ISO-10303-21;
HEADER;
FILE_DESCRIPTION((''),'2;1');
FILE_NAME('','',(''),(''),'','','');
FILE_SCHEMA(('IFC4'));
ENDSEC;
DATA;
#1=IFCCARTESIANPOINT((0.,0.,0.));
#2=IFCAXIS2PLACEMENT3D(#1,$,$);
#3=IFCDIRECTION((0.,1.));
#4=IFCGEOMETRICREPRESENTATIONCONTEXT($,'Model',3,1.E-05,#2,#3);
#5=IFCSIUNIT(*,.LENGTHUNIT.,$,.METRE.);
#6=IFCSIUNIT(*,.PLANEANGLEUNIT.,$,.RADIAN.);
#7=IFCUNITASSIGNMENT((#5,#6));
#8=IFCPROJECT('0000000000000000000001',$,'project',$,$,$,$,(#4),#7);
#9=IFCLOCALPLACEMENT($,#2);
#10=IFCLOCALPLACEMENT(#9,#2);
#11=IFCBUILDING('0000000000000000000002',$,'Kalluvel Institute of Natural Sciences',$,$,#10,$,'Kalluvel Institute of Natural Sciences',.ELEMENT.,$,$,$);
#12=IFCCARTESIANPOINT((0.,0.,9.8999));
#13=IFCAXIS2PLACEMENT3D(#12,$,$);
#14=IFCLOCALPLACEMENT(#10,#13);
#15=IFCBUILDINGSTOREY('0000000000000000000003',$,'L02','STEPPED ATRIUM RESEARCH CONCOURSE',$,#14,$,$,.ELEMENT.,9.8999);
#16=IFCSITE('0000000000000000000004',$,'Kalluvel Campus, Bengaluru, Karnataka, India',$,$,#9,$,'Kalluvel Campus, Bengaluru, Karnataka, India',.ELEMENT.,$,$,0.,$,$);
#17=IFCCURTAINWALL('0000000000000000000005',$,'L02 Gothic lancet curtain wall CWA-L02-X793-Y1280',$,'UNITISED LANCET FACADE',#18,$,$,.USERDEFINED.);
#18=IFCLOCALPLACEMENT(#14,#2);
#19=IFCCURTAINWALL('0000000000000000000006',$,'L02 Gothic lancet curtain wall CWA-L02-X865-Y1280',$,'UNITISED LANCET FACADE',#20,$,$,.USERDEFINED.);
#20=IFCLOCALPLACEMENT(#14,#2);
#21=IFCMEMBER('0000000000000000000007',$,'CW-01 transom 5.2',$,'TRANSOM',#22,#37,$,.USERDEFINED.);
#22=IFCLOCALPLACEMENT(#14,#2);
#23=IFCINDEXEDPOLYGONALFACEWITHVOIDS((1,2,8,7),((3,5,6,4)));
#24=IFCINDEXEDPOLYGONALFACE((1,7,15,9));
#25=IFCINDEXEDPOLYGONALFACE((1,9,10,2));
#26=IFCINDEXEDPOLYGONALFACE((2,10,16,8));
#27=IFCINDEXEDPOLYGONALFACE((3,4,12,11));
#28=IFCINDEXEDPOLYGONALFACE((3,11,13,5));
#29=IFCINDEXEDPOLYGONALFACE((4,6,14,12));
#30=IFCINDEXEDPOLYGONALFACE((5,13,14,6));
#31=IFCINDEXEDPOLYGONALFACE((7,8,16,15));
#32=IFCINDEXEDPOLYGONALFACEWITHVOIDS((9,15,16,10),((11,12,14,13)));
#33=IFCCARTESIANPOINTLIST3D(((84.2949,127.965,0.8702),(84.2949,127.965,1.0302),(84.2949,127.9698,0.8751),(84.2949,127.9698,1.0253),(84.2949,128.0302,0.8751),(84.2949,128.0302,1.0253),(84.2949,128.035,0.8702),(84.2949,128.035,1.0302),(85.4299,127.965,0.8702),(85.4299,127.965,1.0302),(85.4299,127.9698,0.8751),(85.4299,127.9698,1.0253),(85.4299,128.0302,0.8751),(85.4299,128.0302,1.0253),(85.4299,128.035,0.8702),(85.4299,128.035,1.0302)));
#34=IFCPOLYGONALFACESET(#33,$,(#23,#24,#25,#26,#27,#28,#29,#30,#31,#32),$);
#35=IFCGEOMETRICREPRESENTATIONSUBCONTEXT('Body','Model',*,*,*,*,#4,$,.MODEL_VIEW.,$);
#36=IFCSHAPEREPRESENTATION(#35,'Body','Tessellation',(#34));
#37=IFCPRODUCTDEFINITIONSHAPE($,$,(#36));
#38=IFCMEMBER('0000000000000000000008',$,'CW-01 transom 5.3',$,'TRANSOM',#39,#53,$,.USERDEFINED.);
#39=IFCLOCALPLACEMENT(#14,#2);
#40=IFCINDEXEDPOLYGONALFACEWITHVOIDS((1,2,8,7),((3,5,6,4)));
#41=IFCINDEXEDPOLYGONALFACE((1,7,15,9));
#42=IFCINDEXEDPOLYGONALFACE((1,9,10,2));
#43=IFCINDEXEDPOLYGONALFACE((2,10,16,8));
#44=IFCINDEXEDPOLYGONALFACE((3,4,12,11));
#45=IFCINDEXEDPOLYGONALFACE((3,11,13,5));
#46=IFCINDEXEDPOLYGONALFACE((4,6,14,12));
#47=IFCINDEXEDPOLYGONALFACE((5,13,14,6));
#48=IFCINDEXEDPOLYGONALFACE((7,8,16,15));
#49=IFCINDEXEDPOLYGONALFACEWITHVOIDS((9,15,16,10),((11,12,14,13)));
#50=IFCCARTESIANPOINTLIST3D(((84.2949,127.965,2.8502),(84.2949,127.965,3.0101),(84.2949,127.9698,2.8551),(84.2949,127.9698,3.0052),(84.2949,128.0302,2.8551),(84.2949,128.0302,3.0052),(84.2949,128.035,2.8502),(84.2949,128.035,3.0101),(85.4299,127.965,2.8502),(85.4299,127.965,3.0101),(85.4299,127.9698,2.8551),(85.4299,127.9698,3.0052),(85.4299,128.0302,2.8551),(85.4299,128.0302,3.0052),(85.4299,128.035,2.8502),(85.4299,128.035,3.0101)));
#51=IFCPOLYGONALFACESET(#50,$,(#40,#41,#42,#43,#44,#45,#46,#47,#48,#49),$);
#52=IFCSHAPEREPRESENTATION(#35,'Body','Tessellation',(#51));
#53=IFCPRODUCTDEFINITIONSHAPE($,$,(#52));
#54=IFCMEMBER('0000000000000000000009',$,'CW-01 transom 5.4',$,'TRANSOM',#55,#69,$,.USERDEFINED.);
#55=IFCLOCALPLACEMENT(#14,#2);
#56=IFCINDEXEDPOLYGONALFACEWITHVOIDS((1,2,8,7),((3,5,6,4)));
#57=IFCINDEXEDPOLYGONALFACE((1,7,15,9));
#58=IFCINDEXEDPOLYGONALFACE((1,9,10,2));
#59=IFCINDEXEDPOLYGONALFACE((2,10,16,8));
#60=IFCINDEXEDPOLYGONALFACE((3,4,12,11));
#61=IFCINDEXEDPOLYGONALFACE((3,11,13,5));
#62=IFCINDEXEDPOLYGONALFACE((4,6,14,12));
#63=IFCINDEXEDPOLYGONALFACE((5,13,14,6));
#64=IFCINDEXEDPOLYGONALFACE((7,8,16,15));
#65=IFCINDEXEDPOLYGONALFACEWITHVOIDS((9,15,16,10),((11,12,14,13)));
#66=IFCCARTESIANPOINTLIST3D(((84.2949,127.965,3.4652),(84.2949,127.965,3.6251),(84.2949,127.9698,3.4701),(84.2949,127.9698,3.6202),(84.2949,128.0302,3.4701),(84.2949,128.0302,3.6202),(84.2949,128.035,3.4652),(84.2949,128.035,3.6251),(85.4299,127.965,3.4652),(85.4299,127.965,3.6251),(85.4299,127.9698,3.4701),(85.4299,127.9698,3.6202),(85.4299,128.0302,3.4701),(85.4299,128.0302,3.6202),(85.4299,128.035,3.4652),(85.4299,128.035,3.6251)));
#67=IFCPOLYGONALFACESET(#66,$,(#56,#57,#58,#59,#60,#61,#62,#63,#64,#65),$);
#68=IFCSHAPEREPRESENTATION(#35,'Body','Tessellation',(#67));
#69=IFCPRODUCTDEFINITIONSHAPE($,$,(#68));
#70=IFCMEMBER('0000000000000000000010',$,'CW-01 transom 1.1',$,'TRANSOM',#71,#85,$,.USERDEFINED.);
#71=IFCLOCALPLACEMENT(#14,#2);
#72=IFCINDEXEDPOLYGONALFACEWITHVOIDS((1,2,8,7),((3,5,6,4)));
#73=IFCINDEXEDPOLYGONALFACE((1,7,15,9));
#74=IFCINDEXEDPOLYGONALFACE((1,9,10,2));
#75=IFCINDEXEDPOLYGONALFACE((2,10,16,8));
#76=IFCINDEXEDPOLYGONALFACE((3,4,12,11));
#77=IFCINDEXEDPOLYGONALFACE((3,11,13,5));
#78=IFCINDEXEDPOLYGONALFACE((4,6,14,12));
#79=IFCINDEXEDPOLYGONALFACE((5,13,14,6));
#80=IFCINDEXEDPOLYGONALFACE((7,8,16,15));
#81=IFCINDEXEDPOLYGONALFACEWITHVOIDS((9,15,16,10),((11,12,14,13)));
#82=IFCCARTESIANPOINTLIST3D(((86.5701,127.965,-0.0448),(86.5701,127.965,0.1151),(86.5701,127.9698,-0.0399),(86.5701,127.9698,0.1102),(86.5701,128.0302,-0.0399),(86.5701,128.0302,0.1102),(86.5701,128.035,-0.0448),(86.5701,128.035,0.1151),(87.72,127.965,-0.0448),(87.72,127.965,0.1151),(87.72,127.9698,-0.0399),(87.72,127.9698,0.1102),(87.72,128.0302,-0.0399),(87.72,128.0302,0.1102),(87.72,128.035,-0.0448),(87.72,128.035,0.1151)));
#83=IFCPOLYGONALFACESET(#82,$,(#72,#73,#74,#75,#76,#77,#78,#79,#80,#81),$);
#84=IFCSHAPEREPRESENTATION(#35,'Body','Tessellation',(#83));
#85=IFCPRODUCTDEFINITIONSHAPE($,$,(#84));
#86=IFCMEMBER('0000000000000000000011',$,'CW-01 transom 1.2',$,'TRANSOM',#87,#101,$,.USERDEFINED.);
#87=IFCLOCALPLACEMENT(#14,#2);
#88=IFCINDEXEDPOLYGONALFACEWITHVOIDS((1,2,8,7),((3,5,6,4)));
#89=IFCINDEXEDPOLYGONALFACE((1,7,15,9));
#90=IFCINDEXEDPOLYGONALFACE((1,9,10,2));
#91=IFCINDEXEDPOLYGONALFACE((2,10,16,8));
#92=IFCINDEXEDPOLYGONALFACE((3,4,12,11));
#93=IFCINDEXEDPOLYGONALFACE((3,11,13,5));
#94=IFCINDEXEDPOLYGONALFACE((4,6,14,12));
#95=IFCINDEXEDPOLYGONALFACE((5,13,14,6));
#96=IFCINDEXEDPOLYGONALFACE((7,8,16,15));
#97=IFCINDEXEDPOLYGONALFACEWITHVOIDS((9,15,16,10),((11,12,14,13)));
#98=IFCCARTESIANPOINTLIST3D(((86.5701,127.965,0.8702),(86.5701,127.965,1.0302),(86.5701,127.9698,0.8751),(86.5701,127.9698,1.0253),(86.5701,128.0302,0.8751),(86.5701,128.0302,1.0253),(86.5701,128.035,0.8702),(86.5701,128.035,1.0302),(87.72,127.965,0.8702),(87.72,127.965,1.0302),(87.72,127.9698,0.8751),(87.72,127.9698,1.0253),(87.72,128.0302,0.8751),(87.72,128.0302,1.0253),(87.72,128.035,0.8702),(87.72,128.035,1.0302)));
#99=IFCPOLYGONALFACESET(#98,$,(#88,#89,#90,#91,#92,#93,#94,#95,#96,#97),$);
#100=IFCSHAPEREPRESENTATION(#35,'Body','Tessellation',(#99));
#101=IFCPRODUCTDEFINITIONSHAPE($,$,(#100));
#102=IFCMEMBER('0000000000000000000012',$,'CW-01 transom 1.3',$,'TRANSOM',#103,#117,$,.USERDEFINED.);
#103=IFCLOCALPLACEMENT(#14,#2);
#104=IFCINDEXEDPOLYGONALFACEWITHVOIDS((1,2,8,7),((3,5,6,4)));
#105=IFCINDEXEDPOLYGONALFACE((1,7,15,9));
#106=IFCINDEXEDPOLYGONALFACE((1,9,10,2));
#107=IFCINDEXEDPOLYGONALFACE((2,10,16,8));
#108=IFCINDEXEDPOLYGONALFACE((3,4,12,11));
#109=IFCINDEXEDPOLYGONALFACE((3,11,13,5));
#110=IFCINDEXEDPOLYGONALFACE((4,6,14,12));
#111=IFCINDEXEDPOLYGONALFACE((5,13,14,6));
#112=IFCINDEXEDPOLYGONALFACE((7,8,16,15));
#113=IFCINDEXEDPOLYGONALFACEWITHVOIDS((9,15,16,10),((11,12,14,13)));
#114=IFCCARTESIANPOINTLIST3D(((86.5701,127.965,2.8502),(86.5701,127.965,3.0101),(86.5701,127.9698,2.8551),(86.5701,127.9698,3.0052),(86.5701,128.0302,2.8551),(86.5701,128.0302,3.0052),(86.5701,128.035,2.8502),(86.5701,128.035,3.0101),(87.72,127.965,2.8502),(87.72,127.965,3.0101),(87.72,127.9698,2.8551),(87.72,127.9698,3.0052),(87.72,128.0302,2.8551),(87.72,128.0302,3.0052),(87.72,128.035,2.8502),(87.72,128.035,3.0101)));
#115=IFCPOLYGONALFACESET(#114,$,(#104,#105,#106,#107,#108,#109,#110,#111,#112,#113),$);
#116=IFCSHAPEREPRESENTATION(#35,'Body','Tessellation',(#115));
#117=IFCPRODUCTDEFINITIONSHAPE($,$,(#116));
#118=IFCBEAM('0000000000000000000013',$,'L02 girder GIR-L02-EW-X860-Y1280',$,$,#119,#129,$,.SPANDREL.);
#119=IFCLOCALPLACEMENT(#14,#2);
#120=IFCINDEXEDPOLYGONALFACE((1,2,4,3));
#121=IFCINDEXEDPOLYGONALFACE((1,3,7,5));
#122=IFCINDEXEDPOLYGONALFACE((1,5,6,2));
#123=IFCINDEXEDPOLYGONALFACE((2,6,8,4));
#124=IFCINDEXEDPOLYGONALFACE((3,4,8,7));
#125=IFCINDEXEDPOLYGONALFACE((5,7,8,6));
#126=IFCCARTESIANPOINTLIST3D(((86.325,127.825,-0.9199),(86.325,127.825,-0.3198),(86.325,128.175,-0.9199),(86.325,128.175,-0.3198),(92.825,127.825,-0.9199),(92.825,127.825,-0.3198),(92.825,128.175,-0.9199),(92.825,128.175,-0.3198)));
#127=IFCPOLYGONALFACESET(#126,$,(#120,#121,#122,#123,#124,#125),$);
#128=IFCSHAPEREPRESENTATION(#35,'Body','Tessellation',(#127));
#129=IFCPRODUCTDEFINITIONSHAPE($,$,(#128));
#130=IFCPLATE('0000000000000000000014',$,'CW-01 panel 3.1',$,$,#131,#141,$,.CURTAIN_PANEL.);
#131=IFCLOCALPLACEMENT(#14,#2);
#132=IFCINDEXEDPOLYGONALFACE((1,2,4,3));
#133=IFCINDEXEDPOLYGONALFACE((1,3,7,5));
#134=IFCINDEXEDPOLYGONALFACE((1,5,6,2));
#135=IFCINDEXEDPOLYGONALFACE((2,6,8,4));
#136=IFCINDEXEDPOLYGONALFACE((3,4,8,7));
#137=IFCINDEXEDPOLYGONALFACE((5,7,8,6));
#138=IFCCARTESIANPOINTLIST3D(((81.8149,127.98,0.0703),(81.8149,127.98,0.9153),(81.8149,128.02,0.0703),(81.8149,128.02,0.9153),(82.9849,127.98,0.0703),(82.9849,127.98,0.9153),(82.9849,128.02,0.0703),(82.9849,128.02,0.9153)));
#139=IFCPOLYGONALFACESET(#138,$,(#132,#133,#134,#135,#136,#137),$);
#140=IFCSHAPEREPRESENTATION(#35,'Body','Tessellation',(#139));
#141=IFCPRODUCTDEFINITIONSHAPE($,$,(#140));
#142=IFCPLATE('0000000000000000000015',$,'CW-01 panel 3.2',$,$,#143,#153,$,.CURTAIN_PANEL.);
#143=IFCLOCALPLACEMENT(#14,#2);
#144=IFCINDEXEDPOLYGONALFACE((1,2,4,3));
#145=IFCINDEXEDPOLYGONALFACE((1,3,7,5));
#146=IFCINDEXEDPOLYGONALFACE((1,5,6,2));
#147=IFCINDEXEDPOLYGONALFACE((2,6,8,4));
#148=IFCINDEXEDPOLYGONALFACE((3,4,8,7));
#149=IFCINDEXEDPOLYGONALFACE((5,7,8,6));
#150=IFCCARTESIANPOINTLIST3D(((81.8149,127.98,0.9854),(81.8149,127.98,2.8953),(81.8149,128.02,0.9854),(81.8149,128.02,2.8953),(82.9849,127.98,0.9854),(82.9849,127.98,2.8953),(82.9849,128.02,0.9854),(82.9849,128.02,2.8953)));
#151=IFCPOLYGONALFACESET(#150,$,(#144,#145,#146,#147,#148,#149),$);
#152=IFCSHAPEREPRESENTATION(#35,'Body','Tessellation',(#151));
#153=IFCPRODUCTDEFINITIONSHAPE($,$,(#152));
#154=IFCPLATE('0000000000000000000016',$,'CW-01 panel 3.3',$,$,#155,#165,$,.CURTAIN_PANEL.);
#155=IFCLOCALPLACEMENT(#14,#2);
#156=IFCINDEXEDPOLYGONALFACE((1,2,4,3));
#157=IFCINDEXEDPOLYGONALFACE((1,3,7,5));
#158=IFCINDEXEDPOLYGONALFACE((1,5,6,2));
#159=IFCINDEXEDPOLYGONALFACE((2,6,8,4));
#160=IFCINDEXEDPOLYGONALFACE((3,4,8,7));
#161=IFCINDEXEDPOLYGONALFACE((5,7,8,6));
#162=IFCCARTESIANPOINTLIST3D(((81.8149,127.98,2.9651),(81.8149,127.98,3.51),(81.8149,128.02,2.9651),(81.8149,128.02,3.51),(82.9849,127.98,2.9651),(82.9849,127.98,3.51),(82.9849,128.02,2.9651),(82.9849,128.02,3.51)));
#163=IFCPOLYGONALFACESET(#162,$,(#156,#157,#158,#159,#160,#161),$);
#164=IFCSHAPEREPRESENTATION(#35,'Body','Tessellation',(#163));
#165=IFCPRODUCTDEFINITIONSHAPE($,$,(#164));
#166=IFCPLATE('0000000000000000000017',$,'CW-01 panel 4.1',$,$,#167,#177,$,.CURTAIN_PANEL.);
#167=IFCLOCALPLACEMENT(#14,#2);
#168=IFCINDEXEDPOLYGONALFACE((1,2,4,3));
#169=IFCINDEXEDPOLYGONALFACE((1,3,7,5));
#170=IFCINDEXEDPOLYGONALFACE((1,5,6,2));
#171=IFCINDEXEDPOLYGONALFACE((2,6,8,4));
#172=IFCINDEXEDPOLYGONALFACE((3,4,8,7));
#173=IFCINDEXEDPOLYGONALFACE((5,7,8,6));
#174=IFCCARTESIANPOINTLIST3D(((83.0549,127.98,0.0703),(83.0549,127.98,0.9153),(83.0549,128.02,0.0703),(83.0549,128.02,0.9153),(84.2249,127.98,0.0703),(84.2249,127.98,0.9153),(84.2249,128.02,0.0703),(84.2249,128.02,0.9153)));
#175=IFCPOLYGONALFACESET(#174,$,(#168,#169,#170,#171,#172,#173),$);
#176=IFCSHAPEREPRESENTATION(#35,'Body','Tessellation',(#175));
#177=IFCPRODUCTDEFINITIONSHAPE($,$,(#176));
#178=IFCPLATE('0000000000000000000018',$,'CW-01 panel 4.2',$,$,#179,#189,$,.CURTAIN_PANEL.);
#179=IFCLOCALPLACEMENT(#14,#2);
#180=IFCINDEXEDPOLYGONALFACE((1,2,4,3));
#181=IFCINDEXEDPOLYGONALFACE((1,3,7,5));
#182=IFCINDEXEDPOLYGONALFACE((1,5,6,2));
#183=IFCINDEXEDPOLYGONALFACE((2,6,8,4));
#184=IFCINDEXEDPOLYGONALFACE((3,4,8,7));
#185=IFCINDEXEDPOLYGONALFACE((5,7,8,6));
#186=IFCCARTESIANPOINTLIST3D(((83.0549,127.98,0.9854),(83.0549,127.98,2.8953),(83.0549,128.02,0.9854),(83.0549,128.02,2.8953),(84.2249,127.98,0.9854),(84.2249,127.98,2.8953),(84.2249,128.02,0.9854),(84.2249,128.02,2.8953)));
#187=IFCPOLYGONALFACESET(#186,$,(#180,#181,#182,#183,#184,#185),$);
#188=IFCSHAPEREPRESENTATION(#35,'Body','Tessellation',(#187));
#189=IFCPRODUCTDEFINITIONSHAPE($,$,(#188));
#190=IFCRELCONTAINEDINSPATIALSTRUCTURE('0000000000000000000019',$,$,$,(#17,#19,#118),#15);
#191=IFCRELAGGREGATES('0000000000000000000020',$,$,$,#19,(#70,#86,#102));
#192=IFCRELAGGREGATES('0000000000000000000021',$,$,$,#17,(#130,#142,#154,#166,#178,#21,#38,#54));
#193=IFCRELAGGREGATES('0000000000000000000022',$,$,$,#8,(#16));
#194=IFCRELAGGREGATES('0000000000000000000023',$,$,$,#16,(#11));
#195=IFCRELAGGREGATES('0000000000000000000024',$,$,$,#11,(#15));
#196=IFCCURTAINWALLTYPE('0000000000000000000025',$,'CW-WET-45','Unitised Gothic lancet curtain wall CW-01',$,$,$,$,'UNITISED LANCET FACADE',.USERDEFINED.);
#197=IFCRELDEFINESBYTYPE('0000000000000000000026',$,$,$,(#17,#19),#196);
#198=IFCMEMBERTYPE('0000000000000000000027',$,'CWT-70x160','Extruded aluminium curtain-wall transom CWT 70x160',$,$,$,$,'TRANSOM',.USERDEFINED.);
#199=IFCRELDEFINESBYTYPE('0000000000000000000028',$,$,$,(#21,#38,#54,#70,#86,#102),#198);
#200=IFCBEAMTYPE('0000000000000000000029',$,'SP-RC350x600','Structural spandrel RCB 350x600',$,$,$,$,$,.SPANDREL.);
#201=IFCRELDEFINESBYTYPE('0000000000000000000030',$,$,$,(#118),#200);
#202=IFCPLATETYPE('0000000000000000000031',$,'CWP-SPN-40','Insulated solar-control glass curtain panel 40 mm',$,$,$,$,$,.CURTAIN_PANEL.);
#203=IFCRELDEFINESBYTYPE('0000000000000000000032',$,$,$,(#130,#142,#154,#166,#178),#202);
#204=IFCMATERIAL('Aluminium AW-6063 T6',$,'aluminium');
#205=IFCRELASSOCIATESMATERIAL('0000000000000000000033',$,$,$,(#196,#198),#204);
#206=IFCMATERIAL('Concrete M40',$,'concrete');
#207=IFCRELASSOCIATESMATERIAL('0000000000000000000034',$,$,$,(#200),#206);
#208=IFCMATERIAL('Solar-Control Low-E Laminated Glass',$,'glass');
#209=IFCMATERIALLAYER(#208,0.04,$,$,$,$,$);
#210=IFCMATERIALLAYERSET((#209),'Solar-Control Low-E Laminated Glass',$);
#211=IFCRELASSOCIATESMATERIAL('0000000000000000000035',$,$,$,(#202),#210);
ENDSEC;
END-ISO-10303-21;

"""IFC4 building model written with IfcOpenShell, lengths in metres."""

from ifc_helpers import new_model, si_unit, direction, frame, origin, origin_2d, place, context, subcontext, project, spatial, rectangle, hollow_rectangle, extrude, material, layer, layer_set, material_profile, profile_set, type_object, element, aggregate, save


model = new_model("IFC4")

# Units and contexts
model_context = context("Model", 3, precision=1e-05, world=origin(), true_north=direction((0.0, 1.0)))
body_context = subcontext(model_context, "Body", "Model", "MODEL_VIEW")
ifc_project = project(units=[si_unit("LENGTHUNIT", "METRE"), si_unit("PLANEANGLEUNIT", "RADIAN")], contexts=[model_context])

# Site, building, storey
site_placement = place(None, origin())
site = spatial("IfcSite", under=ifc_project, at=site_placement, Name="Kalluvel Campus, Bengaluru, Karnataka, India", LongName="Kalluvel Campus, Bengaluru, Karnataka, India", CompositionType="ELEMENT", RefElevation=0.0)
building_placement = place(site_placement, origin())
building = spatial("IfcBuilding", under=site, at=building_placement, Name="Kalluvel Institute of Natural Sciences", LongName="Kalluvel Institute of Natural Sciences", CompositionType="ELEMENT")
storey_placement = place(building_placement, frame((0.0, 0.0, 9.8999)))
storey = spatial("IfcBuildingStorey", under=building, at=storey_placement, Name="L02", Description="STEPPED ATRIUM RESEARCH CONCOURSE", CompositionType="ELEMENT", Elevation=9.8999)

# Curtain wall
ifc_material_1 = material(Name="Aluminium AW-6063 T6", Category="aluminium")
curtain_wall_type = type_object("IfcCurtainWallType", Name="CW-WET-45", Description="Unitised Gothic lancet curtain wall CW-01", ElementType="UNITISED LANCET FACADE", PredefinedType="USERDEFINED", material=ifc_material_1)
curtain_wall_1_placement = place(storey_placement, origin())
curtain_wall_1 = element("IfcCurtainWall", 1, at=curtain_wall_1_placement, inside=storey, type_object=curtain_wall_type, Name="L02 Gothic lancet curtain wall CWA-L02-X793-Y1280", ObjectType="UNITISED LANCET FACADE", PredefinedType="USERDEFINED")

# Curtain wall
curtain_wall_2_placement = place(storey_placement, origin())
curtain_wall_2 = element("IfcCurtainWall", 2, at=curtain_wall_2_placement, inside=storey, type_object=curtain_wall_type, Name="L02 Gothic lancet curtain wall CWA-L02-X865-Y1280", ObjectType="UNITISED LANCET FACADE", PredefinedType="USERDEFINED")

# Members
ifc_material_profile_1 = material_profile(ifc_material_1, hollow_rectangle(XDim=0.0701, YDim=0.1599, WallThickness=0.0049, at=origin_2d()), Name="CWT 70x160")
ifc_profile_set_1 = profile_set([ifc_material_profile_1], Name="Aluminium AW-6063 T6")
member_type_1 = type_object("IfcMemberType", Name="CWT-70x160", Description="Extruded aluminium curtain-wall transom CWT 70x160", ElementType="TRANSOM", PredefinedType="USERDEFINED", material=ifc_profile_set_1)
member_1_placement = place(storey_placement, frame((84.2949, 128.0, 0.9502), z_axis=(1.0, 0.0, 0.0), x_axis=(0.0, 1.0, 0.0)))
member_1 = element("IfcMember", 3, at=member_1_placement, type_object=member_type_1, Name="CW-01 transom 5.2", ObjectType="TRANSOM", PredefinedType="USERDEFINED", context=body_context, shape_type="SweptSolid", body=[
    extrude(hollow_rectangle(XDim=0.0701, YDim=0.1599, WallThickness=0.0049, at=origin_2d()), origin(), (0.0, 0.0, 1.0), 1.135),
])
member_2_placement = place(storey_placement, frame((84.2949, 128.0, 2.9302), z_axis=(1.0, 0.0, 0.0), x_axis=(0.0, 1.0, 0.0)))
member_2 = element("IfcMember", 4, at=member_2_placement, type_object=member_type_1, Name="CW-01 transom 5.3", ObjectType="TRANSOM", PredefinedType="USERDEFINED", context=body_context, shape_type="SweptSolid", body=[
    extrude(hollow_rectangle(XDim=0.0701, YDim=0.1599, WallThickness=0.0049, at=origin_2d()), origin(), (0.0, 0.0, 1.0), 1.135),
])
member_3_placement = place(storey_placement, frame((84.2949, 128.0, 3.5452), z_axis=(1.0, 0.0, 0.0), x_axis=(0.0, 1.0, 0.0)))
member_3 = element("IfcMember", 5, at=member_3_placement, type_object=member_type_1, Name="CW-01 transom 5.4", ObjectType="TRANSOM", PredefinedType="USERDEFINED", context=body_context, shape_type="SweptSolid", body=[
    extrude(hollow_rectangle(XDim=0.0701, YDim=0.1599, WallThickness=0.0049, at=origin_2d()), origin(), (0.0, 0.0, 1.0), 1.135),
])
member_4_placement = place(storey_placement, frame((86.5701, 128.0, 0.0352), z_axis=(1.0, 0.0, 0.0), x_axis=(0.0, 1.0, 0.0)))
member_4 = element("IfcMember", 6, at=member_4_placement, type_object=member_type_1, Name="CW-01 transom 1.1", ObjectType="TRANSOM", PredefinedType="USERDEFINED", context=body_context, shape_type="SweptSolid", body=[
    extrude(hollow_rectangle(XDim=0.0701, YDim=0.1599, WallThickness=0.0049, at=origin_2d()), origin(), (0.0, 0.0, 1.0), 1.1499),
])
member_5_placement = place(storey_placement, frame((86.5701, 128.0, 0.9502), z_axis=(1.0, 0.0, 0.0), x_axis=(0.0, 1.0, 0.0)))
member_5 = element("IfcMember", 7, at=member_5_placement, type_object=member_type_1, Name="CW-01 transom 1.2", ObjectType="TRANSOM", PredefinedType="USERDEFINED", context=body_context, shape_type="SweptSolid", body=[
    extrude(hollow_rectangle(XDim=0.0701, YDim=0.1599, WallThickness=0.0049, at=origin_2d()), origin(), (0.0, 0.0, 1.0), 1.1499),
])
member_6_placement = place(storey_placement, frame((86.5701, 128.0, 2.9302), z_axis=(1.0, 0.0, 0.0), x_axis=(0.0, 1.0, 0.0)))
member_6 = element("IfcMember", 8, at=member_6_placement, type_object=member_type_1, Name="CW-01 transom 1.3", ObjectType="TRANSOM", PredefinedType="USERDEFINED", context=body_context, shape_type="SweptSolid", body=[
    extrude(hollow_rectangle(XDim=0.0701, YDim=0.1599, WallThickness=0.0049, at=origin_2d()), origin(), (0.0, 0.0, 1.0), 1.1499),
])
aggregate(curtain_wall_2, [member_4, member_5, member_6])

# Beam
ifc_material_2 = material(Name="Concrete M40", Category="concrete")
ifc_material_profile_2 = material_profile(ifc_material_2, rectangle(XDim=0.3501, YDim=0.6001, at=origin_2d()), Name="RCB 350x600")
ifc_profile_set_2 = profile_set([ifc_material_profile_2], Name="Concrete M40")
beam_type = type_object("IfcBeamType", Name="SP-RC350x600", Description="Structural spandrel RCB 350x600", PredefinedType="SPANDREL", material=ifc_profile_set_2)
beam_placement = place(storey_placement, frame((86.325, 128.0, -0.6199), z_axis=(1.0, 0.0, 0.0), x_axis=(0.0, 1.0, 0.0)))
element("IfcBeam", 9, at=beam_placement, inside=storey, type_object=beam_type, Name="L02 girder GIR-L02-EW-X860-Y1280", PredefinedType="SPANDREL", context=body_context, shape_type="SweptSolid", body=[
    extrude(rectangle(XDim=0.3501, YDim=0.6001, at=origin_2d()), origin(), (0.0, 0.0, 1.0), 6.5),
])

# Plates
ifc_material_3 = material(Name="Solar-Control Low-E Laminated Glass", Category="glass")
ifc_layer = layer(ifc_material_3, 0.04)
ifc_layer_set = layer_set([ifc_layer], Name="Solar-Control Low-E Laminated Glass")
plate_type = type_object("IfcPlateType", Name="CWP-SPN-40", Description="Insulated solar-control glass curtain panel 40 mm", PredefinedType="CURTAIN_PANEL", material=ifc_layer_set)
plate_1_placement = place(storey_placement, frame((82.3999, 128.0, 0.0703), z_axis=(0.0, 0.0, 1.0), x_axis=(1.0, 0.0, 0.0)))
plate_1 = element("IfcPlate", 10, at=plate_1_placement, type_object=plate_type, Name="CW-01 panel 3.1", PredefinedType="CURTAIN_PANEL", context=body_context, shape_type="SweptSolid", body=[
    extrude(rectangle(XDim=1.1699, YDim=0.04, at=origin_2d()), origin(), (0.0, 0.0, 1.0), 0.845),
])
plate_2_placement = place(storey_placement, frame((82.3999, 128.0, 0.9854), z_axis=(0.0, 0.0, 1.0), x_axis=(1.0, 0.0, 0.0)))
plate_2 = element("IfcPlate", 11, at=plate_2_placement, type_object=plate_type, Name="CW-01 panel 3.2", PredefinedType="CURTAIN_PANEL", context=body_context, shape_type="SweptSolid", body=[
    extrude(rectangle(XDim=1.1699, YDim=0.04, at=origin_2d()), origin(), (0.0, 0.0, 1.0), 1.9099),
])
plate_3_placement = place(storey_placement, frame((82.3999, 128.0, 2.9651), z_axis=(0.0, 0.0, 1.0), x_axis=(1.0, 0.0, 0.0)))
plate_3 = element("IfcPlate", 12, at=plate_3_placement, type_object=plate_type, Name="CW-01 panel 3.3", PredefinedType="CURTAIN_PANEL", context=body_context, shape_type="SweptSolid", body=[
    extrude(rectangle(XDim=1.1699, YDim=0.04, at=origin_2d()), origin(), (0.0, 0.0, 1.0), 0.5449),
])
plate_4_placement = place(storey_placement, frame((83.6399, 128.0, 0.0703), z_axis=(0.0, 0.0, 1.0), x_axis=(1.0, 0.0, 0.0)))
plate_4 = element("IfcPlate", 13, at=plate_4_placement, type_object=plate_type, Name="CW-01 panel 4.1", PredefinedType="CURTAIN_PANEL", context=body_context, shape_type="SweptSolid", body=[
    extrude(rectangle(XDim=1.1699, YDim=0.04, at=origin_2d()), origin(), (0.0, 0.0, 1.0), 0.845),
])
plate_5_placement = place(storey_placement, frame((83.6399, 128.0, 0.9854), z_axis=(0.0, 0.0, 1.0), x_axis=(1.0, 0.0, 0.0)))
plate_5 = element("IfcPlate", 14, at=plate_5_placement, type_object=plate_type, Name="CW-01 panel 4.2", PredefinedType="CURTAIN_PANEL", context=body_context, shape_type="SweptSolid", body=[
    extrude(rectangle(XDim=1.1699, YDim=0.04, at=origin_2d()), origin(), (0.0, 0.0, 1.0), 1.9099),
])
aggregate(curtain_wall_1, [plate_1, plate_2, plate_3, plate_4, plate_5, member_1, member_2, member_3])

save(model, "model.ifc")
